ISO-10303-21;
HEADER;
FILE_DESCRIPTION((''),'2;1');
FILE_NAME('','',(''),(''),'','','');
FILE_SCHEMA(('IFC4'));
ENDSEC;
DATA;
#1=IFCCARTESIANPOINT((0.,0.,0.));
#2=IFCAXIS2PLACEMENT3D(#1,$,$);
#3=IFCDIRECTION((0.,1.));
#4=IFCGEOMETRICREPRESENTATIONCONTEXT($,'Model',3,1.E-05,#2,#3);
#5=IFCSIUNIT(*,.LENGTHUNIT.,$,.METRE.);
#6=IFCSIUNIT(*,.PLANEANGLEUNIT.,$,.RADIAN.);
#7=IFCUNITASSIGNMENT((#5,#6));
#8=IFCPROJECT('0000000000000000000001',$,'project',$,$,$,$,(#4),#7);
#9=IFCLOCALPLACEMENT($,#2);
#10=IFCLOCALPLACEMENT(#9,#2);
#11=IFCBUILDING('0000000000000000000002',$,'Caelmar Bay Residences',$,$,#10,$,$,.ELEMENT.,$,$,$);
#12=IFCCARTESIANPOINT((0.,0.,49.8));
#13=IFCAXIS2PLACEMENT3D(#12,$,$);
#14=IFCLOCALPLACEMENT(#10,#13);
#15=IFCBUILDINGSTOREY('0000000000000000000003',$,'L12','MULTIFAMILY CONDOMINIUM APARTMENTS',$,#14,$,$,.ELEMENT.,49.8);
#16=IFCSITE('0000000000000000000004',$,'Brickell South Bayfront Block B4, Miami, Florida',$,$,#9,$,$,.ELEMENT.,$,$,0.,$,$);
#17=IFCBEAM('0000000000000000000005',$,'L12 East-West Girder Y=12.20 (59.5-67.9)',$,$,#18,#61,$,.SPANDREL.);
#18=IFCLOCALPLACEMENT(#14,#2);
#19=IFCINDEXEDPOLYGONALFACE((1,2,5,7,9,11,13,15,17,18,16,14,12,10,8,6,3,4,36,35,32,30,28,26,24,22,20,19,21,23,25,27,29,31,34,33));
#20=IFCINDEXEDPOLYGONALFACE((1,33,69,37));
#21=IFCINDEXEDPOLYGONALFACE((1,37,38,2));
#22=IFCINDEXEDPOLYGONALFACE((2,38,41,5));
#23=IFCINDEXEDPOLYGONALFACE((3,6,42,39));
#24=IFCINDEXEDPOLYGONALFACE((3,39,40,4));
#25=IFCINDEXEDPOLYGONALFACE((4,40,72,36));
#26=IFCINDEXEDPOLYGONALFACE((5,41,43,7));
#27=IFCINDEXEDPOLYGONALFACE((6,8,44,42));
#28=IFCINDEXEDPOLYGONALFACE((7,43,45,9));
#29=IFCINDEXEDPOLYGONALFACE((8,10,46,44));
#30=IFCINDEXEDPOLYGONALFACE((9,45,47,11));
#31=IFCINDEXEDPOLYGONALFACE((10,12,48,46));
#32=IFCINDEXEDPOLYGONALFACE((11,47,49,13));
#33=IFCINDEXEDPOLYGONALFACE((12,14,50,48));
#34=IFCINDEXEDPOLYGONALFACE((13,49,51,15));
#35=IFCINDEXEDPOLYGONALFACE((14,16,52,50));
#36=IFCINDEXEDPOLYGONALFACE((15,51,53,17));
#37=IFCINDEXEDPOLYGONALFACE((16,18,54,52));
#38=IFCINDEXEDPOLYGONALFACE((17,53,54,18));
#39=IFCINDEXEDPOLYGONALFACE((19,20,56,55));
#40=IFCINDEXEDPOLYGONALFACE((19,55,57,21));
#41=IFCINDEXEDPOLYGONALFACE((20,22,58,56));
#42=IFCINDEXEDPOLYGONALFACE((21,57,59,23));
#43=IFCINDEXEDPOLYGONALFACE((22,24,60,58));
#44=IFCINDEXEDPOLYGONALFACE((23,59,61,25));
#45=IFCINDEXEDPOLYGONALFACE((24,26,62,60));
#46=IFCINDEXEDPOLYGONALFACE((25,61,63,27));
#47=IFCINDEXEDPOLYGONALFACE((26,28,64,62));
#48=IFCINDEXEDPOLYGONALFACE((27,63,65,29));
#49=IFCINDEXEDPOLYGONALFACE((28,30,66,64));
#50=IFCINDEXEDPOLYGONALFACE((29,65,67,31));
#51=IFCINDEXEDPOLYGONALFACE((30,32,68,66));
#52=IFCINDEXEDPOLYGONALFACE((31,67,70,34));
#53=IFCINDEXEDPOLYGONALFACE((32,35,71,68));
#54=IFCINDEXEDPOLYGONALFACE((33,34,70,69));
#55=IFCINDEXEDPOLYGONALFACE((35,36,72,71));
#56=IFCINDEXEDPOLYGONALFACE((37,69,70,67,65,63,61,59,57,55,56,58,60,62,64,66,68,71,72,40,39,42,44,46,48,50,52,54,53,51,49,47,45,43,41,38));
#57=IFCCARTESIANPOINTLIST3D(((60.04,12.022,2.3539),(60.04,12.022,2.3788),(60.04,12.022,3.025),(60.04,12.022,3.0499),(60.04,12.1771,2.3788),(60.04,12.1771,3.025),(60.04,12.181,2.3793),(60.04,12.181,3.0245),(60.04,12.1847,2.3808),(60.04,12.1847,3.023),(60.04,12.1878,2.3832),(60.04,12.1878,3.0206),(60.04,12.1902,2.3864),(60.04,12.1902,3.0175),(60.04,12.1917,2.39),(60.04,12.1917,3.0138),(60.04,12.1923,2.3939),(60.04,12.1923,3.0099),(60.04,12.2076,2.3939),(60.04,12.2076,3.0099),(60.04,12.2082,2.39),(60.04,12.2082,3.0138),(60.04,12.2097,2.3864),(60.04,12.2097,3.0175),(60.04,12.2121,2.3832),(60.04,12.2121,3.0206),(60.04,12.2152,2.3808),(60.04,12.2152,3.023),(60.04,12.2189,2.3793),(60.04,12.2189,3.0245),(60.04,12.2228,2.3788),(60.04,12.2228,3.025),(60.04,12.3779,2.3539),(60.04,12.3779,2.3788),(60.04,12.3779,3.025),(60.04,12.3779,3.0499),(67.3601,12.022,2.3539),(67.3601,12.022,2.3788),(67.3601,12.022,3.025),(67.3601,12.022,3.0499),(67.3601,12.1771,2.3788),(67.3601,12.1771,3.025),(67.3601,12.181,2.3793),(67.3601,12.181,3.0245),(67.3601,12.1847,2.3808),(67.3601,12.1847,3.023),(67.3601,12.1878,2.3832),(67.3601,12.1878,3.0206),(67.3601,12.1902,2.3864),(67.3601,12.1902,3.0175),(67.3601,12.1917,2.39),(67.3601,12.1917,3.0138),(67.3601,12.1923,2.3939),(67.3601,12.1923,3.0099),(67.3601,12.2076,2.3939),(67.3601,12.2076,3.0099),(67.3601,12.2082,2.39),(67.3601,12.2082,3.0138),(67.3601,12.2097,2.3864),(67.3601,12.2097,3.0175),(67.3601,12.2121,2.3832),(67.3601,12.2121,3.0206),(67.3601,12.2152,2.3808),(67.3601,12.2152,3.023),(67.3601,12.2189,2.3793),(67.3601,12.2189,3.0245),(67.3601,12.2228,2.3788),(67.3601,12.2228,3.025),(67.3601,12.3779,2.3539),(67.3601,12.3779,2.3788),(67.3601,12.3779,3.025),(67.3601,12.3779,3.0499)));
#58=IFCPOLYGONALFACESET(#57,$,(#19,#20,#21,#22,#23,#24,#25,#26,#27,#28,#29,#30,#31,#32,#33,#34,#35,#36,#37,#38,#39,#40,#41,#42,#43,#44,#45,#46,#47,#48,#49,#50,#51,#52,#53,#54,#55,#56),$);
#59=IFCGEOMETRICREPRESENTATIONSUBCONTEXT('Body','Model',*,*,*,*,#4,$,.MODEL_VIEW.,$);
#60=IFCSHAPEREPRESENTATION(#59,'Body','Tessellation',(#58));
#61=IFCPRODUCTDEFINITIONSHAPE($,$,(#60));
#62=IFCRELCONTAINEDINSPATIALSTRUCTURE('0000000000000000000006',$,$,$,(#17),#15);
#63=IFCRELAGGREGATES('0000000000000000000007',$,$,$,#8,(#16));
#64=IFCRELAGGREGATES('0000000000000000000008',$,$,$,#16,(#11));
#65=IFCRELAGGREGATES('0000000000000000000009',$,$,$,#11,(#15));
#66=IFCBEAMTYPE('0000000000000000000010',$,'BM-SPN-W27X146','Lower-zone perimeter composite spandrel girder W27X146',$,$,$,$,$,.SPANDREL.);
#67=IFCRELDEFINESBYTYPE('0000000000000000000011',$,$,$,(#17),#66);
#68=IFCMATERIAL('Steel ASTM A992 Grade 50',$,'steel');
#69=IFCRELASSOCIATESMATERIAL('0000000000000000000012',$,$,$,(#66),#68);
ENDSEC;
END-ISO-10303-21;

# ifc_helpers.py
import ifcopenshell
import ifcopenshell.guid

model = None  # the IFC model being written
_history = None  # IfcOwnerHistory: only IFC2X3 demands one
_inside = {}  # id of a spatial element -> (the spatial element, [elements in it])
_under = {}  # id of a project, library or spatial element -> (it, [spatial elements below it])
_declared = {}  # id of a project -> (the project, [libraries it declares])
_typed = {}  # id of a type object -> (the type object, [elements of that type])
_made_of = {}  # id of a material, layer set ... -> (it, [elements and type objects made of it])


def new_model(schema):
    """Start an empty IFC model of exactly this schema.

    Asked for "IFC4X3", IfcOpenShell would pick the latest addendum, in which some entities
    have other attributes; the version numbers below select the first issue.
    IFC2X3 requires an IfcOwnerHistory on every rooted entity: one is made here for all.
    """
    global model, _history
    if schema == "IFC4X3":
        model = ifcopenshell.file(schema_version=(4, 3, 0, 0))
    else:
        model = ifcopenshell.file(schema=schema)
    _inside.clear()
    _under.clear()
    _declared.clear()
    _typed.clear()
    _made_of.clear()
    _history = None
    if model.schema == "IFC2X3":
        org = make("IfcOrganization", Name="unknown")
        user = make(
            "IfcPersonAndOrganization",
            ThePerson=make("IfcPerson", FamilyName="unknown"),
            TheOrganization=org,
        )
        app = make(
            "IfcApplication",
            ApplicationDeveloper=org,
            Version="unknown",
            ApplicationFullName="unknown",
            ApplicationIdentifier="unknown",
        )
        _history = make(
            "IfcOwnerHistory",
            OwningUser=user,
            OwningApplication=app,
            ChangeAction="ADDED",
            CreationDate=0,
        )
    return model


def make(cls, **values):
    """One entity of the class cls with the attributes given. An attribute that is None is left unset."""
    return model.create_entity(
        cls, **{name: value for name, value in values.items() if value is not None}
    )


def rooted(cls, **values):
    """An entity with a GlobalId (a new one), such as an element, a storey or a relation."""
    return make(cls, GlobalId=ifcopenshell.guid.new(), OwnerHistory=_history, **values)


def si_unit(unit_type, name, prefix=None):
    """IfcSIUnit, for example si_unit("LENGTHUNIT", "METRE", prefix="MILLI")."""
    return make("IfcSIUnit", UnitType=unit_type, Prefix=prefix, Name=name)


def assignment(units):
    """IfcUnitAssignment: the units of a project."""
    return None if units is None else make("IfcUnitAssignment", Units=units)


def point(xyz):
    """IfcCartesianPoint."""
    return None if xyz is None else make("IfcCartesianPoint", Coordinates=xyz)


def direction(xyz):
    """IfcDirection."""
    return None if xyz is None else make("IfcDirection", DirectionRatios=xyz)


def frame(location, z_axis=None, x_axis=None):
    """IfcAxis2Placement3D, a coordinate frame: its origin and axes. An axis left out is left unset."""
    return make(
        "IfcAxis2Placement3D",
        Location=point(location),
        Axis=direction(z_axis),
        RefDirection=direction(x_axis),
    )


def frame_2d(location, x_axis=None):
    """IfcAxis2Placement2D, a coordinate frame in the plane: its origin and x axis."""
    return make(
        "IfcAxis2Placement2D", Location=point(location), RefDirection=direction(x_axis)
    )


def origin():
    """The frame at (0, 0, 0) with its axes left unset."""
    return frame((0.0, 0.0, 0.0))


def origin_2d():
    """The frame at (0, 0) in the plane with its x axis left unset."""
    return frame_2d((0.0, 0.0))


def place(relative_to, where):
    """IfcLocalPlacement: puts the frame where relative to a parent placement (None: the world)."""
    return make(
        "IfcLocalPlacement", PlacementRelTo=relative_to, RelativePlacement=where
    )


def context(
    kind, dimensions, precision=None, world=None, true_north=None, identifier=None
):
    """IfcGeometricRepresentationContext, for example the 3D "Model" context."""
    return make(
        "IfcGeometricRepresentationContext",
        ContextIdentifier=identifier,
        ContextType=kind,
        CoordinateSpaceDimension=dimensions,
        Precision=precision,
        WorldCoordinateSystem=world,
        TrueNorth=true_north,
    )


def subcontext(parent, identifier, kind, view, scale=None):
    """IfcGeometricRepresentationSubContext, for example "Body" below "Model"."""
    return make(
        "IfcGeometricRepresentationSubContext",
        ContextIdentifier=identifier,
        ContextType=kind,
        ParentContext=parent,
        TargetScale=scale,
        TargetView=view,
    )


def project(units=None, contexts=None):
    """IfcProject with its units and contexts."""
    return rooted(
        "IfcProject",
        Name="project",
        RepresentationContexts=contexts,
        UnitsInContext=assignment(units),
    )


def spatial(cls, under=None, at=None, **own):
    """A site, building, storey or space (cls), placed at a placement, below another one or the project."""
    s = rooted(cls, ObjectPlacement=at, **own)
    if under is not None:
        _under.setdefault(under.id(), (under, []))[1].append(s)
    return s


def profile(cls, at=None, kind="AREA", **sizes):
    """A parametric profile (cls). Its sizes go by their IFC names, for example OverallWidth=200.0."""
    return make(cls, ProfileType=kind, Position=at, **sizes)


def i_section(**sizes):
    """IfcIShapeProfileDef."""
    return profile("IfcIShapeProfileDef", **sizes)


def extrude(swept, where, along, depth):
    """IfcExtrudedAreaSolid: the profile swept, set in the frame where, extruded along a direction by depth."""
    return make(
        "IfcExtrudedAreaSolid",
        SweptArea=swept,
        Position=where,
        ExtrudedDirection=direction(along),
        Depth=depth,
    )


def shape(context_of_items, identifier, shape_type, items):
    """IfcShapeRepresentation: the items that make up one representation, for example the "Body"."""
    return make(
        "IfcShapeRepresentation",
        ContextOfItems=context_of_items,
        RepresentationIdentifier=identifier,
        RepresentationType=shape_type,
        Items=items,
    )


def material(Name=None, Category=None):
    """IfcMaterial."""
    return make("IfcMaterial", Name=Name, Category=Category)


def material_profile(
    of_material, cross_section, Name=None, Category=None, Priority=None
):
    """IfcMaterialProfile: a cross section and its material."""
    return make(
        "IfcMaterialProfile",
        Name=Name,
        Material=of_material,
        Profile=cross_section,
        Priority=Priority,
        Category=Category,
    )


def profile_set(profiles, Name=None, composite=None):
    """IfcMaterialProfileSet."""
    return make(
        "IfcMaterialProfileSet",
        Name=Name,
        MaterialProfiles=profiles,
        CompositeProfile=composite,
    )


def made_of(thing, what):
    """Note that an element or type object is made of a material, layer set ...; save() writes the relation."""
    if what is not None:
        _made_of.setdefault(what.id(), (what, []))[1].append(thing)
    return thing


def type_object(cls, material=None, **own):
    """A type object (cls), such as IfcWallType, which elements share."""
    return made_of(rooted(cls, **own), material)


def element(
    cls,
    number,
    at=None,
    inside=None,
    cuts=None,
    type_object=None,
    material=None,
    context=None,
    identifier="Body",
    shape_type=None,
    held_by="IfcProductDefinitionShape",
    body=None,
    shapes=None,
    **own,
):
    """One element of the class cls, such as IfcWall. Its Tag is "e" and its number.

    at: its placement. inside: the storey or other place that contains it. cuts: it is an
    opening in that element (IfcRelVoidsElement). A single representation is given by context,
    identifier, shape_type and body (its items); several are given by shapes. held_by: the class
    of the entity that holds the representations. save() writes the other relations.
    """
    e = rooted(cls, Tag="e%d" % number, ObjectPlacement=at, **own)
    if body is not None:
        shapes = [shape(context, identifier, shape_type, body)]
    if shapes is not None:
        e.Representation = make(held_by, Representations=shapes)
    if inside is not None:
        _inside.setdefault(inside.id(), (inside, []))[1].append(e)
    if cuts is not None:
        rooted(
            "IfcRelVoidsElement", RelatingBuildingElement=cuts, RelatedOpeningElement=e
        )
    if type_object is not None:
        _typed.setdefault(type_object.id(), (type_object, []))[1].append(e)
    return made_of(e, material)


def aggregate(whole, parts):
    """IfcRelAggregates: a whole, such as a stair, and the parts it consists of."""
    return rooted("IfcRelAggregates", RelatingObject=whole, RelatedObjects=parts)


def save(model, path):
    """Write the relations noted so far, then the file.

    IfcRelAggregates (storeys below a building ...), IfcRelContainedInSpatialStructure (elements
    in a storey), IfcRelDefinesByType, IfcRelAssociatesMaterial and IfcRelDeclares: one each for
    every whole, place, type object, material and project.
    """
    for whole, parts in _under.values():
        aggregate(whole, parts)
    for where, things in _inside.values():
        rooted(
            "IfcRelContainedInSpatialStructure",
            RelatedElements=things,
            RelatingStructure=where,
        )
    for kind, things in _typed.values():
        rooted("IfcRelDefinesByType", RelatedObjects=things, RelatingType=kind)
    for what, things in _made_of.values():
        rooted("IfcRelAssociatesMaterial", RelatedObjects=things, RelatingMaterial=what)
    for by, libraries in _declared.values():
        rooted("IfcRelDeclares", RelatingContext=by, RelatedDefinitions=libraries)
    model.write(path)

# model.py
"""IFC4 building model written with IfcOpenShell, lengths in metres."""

from ifc_helpers import new_model, si_unit, direction, frame, origin, origin_2d, place, context, subcontext, project, spatial, i_section, extrude, material, material_profile, profile_set, type_object, element, save


model = new_model("IFC4")

# Units and contexts
model_context = context("Model", 3, precision=1e-05, world=origin(), true_north=direction((0.0, 1.0)))
body_context = subcontext(model_context, "Body", "Model", "MODEL_VIEW")
ifc_project = project(units=[si_unit("LENGTHUNIT", "METRE"), si_unit("PLANEANGLEUNIT", "RADIAN")], contexts=[model_context])

# Site, building, storey
site_placement = place(None, origin())
site = spatial("IfcSite", under=ifc_project, at=site_placement, Name="Brickell South Bayfront Block B4, Miami, Florida", CompositionType="ELEMENT", RefElevation=0.0)
building_placement = place(site_placement, origin())
building = spatial("IfcBuilding", under=site, at=building_placement, Name="Caelmar Bay Residences", CompositionType="ELEMENT")
storey_placement = place(building_placement, frame((0.0, 0.0, 49.8)))
storey = spatial("IfcBuildingStorey", under=building, at=storey_placement, Name="L12", Description="MULTIFAMILY CONDOMINIUM APARTMENTS", CompositionType="ELEMENT", Elevation=49.8)

# Beam
ifc_material_1 = material(Name="Steel ASTM A992 Grade 50", Category="steel")
ifc_material_profile_1 = material_profile(ifc_material_1, i_section(OverallWidth=0.356, OverallDepth=0.696, WebThickness=0.0154, FlangeThickness=0.0249, FilletRadius=0.0151, at=origin_2d()), Name="W27X146")
ifc_profile_set_1 = profile_set([ifc_material_profile_1], Name="Steel ASTM A992 Grade 50")
beam_type_1 = type_object("IfcBeamType", Name="BM-SPN-W27X146", Description="Lower-zone perimeter composite spandrel girder W27X146", PredefinedType="SPANDREL", material=ifc_profile_set_1)
beam_1_placement = place(storey_placement, frame((60.04, 12.2, 2.7019), z_axis=(1.0, 0.0, 0.0), x_axis=(0.0, 1.0, 0.0)))
element("IfcBeam", 1, at=beam_1_placement, inside=storey, type_object=beam_type_1, Name="L12 East-West Girder Y=12.20 (59.5-67.9)", PredefinedType="SPANDREL", context=body_context, shape_type="SweptSolid", body=[
    extrude(i_section(OverallWidth=0.356, OverallDepth=0.696, WebThickness=0.0154, FlangeThickness=0.0249, FilletRadius=0.0151, at=origin_2d()), origin(), (0.0, 0.0, 1.0), 7.3201),
])

save(model, "model.ifc")
